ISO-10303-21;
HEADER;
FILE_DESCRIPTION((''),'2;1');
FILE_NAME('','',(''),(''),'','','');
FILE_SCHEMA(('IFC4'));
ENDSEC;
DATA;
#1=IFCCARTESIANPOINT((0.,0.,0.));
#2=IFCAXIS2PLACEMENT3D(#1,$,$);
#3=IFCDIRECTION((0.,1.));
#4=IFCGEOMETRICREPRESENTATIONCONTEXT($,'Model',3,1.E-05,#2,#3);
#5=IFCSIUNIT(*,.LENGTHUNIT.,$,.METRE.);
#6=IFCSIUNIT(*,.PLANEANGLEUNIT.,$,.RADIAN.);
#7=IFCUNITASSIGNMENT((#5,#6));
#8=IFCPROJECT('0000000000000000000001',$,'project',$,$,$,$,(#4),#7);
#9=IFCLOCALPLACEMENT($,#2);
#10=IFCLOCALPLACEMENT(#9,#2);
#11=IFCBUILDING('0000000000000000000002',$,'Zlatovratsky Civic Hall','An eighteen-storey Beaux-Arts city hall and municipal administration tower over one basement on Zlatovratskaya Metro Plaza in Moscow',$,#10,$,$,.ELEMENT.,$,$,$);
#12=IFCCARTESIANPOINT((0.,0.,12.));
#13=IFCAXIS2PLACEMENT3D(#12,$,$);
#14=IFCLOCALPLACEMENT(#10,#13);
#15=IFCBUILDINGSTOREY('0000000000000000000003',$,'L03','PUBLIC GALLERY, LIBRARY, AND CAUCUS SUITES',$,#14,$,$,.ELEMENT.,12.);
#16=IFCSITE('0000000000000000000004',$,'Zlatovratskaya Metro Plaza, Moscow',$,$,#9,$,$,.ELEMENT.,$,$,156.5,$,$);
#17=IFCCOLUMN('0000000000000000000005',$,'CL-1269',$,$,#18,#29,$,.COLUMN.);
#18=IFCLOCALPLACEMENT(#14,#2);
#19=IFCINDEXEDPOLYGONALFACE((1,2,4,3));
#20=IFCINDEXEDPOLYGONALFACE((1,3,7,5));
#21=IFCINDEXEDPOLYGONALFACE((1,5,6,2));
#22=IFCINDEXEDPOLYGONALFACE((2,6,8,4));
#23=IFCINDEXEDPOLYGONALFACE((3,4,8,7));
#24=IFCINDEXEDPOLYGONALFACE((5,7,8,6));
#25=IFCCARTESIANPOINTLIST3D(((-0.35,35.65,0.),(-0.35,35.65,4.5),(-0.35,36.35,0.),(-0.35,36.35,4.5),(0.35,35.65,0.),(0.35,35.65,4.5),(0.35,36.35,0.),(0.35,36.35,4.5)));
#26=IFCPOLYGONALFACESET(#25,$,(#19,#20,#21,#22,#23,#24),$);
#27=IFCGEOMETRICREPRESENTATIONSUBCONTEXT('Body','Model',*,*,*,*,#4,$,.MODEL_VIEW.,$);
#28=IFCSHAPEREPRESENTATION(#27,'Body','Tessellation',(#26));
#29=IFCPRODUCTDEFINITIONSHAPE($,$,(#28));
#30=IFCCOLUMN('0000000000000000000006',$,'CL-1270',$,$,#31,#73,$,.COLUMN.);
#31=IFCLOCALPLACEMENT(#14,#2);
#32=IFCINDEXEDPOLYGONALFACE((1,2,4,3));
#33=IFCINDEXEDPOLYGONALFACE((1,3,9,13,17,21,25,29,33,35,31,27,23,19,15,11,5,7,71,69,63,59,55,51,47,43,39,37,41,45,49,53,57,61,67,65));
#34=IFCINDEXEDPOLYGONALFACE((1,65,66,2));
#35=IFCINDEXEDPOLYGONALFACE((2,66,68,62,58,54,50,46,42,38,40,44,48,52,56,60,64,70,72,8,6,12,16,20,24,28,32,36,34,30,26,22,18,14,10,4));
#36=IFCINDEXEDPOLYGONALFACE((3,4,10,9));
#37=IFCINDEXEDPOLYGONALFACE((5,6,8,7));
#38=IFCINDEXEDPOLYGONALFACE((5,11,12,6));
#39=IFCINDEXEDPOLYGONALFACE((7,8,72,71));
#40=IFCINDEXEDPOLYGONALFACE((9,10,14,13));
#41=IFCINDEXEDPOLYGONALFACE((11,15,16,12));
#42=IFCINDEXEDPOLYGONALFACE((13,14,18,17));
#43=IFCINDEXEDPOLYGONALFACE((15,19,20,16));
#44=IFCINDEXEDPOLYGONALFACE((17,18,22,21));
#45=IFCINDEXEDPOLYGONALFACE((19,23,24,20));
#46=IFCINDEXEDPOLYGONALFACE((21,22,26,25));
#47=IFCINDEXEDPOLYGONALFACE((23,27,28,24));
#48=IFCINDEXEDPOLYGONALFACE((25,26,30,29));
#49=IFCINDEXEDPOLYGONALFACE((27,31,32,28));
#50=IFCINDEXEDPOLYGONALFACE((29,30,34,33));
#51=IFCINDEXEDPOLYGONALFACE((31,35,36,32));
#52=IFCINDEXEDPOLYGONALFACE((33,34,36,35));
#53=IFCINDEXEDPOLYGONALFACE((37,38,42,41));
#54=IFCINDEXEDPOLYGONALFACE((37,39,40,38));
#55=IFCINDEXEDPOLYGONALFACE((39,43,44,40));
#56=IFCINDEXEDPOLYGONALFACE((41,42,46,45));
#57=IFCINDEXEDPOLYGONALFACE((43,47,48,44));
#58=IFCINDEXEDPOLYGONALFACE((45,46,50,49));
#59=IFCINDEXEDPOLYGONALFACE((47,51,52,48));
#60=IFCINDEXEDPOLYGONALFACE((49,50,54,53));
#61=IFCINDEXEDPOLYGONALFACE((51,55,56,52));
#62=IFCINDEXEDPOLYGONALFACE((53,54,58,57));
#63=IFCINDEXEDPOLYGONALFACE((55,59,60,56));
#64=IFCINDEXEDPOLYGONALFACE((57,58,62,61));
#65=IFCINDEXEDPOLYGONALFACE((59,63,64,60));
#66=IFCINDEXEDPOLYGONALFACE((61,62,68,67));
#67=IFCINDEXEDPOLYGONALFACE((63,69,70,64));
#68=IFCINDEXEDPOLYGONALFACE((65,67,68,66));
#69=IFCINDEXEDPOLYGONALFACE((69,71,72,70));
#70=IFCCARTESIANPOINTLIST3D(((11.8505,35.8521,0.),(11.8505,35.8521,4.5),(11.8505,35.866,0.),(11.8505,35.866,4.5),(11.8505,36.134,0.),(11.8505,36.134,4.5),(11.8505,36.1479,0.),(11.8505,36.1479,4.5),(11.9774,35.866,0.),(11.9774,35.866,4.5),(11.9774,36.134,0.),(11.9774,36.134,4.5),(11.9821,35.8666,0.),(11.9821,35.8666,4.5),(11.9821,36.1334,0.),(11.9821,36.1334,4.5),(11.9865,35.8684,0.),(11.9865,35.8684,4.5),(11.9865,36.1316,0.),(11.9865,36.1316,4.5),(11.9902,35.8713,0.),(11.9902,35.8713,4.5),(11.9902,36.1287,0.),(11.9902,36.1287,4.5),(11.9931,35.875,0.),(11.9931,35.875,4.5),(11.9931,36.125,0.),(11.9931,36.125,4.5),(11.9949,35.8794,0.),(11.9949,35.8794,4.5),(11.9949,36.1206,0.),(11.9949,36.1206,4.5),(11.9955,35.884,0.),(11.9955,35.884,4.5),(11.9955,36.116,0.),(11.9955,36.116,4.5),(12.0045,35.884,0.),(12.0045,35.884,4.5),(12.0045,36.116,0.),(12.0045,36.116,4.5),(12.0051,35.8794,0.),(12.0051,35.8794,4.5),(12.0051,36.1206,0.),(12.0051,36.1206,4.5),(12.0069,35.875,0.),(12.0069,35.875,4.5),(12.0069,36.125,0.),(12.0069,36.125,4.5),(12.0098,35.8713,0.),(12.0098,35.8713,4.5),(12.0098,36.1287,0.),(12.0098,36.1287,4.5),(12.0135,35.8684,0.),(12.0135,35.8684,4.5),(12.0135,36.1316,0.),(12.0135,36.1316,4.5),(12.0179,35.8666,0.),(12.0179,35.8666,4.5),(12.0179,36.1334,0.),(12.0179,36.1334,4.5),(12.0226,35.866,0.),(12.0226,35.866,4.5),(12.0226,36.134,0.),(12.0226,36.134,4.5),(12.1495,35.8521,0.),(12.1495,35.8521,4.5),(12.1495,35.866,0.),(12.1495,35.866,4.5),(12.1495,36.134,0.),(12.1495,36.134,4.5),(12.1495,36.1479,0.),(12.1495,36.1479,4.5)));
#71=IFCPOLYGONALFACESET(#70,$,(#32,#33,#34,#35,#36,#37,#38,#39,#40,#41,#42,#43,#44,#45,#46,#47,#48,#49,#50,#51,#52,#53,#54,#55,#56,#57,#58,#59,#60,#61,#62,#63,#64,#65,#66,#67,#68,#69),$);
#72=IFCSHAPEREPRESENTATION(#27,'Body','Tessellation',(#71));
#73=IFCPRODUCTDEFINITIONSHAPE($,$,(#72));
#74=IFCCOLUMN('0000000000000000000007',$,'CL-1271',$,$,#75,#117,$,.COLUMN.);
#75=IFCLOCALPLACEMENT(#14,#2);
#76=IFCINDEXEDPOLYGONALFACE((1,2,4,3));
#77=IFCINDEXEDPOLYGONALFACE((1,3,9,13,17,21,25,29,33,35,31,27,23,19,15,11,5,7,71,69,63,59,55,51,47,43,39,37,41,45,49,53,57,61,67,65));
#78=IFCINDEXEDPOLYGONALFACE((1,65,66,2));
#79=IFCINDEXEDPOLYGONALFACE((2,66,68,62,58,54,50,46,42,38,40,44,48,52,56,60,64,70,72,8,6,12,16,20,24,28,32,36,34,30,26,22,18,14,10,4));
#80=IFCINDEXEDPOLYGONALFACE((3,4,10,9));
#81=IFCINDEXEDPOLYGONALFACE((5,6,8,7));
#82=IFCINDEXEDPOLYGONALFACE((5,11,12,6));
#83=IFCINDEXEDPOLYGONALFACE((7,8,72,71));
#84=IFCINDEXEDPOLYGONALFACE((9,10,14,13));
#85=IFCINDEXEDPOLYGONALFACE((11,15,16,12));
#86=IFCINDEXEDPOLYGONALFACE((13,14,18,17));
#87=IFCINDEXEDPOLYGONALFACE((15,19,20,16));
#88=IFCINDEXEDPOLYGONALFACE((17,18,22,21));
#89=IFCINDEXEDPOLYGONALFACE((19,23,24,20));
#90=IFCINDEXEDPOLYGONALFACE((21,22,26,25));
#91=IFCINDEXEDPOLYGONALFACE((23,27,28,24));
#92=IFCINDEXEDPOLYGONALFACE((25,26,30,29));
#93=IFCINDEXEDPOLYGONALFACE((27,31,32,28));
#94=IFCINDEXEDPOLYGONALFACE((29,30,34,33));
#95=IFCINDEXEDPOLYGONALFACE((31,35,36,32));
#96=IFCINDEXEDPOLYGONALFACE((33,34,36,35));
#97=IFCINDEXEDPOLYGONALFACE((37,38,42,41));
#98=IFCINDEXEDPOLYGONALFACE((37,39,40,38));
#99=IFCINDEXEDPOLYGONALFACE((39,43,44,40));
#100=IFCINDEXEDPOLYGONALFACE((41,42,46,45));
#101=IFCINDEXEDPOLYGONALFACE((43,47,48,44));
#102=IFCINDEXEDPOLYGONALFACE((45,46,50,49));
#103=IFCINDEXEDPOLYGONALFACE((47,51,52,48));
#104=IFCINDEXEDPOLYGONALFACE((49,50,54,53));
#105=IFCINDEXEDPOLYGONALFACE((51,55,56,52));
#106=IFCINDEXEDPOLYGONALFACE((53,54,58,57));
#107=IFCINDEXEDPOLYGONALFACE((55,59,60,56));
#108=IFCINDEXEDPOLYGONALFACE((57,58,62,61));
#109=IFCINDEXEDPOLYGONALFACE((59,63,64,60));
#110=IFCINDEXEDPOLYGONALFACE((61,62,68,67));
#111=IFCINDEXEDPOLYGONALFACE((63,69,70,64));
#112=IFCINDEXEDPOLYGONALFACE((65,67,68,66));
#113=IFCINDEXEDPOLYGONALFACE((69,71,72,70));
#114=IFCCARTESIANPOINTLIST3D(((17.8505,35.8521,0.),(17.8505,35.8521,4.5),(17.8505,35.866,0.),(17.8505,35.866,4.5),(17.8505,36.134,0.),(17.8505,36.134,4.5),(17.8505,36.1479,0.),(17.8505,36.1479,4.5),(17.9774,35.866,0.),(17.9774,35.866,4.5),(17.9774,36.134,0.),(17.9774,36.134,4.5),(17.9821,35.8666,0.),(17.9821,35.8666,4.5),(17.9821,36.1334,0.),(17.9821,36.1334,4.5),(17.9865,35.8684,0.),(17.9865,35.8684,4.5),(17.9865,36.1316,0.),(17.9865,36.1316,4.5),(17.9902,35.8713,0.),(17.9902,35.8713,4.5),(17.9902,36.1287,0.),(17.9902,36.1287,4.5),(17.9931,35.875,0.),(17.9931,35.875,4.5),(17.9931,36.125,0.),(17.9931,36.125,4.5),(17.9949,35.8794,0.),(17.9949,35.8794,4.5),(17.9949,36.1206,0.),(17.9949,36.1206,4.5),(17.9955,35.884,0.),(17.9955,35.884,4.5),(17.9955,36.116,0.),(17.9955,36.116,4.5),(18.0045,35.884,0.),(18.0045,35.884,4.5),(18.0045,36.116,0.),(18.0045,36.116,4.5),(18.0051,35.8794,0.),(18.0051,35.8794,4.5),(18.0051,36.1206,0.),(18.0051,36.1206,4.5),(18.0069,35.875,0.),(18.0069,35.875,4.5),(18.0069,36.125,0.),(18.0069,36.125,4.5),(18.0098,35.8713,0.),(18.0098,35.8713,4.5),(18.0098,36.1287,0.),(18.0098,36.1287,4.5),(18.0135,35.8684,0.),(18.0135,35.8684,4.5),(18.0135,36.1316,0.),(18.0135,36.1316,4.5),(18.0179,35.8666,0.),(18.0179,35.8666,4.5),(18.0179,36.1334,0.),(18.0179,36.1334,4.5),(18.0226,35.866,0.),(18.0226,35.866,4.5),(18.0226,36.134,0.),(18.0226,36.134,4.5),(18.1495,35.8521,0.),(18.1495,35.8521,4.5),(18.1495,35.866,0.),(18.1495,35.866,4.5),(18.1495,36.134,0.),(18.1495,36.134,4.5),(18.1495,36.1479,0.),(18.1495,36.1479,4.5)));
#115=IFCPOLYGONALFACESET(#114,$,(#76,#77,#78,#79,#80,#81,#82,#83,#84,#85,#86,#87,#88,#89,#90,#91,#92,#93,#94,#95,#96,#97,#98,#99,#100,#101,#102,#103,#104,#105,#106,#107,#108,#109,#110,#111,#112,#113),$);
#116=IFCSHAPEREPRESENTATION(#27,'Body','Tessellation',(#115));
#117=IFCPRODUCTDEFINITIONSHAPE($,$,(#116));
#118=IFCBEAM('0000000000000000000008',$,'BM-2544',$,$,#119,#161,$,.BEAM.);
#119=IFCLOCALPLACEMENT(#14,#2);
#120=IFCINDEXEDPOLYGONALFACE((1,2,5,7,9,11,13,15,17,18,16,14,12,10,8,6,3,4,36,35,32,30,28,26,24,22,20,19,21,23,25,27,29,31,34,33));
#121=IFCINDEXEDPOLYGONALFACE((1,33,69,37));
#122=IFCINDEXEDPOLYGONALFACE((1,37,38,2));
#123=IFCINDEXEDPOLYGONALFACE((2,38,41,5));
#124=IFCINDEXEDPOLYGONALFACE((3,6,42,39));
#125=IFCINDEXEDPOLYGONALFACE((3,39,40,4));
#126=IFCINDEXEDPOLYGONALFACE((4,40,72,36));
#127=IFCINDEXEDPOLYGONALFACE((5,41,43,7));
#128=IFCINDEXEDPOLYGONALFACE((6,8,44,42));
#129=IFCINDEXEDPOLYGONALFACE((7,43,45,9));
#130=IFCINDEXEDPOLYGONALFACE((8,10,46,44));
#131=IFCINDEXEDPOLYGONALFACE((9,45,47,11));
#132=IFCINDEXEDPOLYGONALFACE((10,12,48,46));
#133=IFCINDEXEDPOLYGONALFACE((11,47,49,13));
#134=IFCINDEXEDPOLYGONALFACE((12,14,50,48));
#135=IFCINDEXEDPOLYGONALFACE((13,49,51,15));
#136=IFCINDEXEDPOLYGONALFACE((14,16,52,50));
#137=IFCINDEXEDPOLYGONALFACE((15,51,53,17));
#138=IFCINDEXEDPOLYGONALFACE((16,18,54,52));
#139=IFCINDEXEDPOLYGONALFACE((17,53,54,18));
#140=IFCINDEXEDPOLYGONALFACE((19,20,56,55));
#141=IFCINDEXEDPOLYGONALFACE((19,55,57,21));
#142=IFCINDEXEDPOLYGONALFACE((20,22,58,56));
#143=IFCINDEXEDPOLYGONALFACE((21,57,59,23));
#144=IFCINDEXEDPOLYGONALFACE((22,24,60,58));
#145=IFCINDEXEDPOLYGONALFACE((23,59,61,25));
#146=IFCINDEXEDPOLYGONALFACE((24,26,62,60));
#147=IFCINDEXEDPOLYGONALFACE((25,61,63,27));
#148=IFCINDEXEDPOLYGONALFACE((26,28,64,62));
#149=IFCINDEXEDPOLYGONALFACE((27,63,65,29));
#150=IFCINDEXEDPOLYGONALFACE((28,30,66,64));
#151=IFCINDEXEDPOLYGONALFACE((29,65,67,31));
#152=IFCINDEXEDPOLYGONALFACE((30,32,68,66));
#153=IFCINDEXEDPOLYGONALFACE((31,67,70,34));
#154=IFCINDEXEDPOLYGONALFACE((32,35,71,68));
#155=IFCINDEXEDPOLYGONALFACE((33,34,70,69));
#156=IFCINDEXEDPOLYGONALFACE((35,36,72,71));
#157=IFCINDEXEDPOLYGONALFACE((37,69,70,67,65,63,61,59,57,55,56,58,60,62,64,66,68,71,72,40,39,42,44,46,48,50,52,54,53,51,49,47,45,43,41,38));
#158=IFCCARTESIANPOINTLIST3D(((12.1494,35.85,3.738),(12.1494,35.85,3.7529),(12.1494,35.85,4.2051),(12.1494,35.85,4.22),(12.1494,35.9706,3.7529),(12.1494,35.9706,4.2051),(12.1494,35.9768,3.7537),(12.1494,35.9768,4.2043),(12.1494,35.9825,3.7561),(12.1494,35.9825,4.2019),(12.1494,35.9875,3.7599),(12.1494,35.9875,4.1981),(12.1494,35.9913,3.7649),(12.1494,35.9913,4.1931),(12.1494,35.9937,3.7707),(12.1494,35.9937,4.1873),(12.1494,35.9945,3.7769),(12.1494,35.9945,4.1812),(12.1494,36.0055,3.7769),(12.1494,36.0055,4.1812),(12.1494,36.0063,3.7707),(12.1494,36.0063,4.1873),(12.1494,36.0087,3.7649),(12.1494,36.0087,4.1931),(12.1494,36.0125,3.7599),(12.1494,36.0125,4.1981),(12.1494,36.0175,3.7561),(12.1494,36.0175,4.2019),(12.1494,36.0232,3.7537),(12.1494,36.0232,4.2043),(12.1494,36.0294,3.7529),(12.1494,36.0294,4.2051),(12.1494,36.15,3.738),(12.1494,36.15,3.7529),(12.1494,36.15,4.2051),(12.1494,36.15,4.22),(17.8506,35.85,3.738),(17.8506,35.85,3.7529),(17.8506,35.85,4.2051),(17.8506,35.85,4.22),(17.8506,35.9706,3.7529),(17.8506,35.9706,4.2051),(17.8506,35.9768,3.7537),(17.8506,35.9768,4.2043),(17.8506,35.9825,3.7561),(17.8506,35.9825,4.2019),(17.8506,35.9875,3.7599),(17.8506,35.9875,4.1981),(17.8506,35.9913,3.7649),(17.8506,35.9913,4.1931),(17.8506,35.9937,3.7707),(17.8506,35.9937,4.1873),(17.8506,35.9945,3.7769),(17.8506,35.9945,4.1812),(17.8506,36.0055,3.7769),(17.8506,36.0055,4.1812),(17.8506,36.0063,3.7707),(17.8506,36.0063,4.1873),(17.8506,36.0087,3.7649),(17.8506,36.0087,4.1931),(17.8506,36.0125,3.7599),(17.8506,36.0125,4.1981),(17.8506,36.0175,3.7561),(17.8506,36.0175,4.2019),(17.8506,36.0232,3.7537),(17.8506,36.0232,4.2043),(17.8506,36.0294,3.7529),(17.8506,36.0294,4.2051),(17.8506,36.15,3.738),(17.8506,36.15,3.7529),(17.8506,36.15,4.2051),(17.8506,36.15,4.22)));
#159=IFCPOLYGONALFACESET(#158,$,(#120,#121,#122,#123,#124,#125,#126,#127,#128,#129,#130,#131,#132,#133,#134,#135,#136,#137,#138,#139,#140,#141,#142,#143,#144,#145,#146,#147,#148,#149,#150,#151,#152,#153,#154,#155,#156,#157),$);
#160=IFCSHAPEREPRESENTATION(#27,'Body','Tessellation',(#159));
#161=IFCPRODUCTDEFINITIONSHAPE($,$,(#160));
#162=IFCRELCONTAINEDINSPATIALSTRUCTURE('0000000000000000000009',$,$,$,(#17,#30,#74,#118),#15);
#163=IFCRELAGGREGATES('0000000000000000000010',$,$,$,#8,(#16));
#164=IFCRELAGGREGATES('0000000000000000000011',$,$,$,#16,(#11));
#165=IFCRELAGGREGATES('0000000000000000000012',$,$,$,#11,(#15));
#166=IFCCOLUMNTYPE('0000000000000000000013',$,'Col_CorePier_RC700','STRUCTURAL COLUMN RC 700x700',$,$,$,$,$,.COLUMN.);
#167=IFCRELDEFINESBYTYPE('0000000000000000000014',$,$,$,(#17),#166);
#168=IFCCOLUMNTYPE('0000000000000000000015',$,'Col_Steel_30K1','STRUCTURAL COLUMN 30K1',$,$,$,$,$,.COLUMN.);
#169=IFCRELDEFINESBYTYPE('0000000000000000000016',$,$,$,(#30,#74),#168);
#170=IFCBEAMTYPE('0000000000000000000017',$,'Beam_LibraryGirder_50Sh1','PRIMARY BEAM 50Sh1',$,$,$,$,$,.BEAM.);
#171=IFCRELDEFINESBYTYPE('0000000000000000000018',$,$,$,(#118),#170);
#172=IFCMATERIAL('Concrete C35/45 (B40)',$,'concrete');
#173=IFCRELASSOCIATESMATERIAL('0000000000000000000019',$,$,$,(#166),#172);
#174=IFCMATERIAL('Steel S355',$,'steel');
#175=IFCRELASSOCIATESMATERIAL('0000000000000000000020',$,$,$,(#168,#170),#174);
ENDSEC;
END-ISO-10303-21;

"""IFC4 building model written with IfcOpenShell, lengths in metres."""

from ifc_helpers import new_model, si_unit, direction, frame, origin, origin_2d, place, context, subcontext, project, spatial, rectangle, i_section, extrude, material, material_profile, profile_set, type_object, element, save


model = new_model("IFC4")

# Units and contexts
model_context = context("Model", 3, precision=1e-05, world=origin(), true_north=direction((0.0, 1.0)))
body_context = subcontext(model_context, "Body", "Model", "MODEL_VIEW")
ifc_project = project(units=[si_unit("LENGTHUNIT", "METRE"), si_unit("PLANEANGLEUNIT", "RADIAN")], contexts=[model_context])

# Site, building, storey
site_placement = place(None, origin())
site = spatial("IfcSite", under=ifc_project, at=site_placement, Name="Zlatovratskaya Metro Plaza, Moscow", CompositionType="ELEMENT", RefElevation=156.5)
building_placement = place(site_placement, origin())
building = spatial("IfcBuilding", under=site, at=building_placement, Name="Zlatovratsky Civic Hall", Description="An eighteen-storey Beaux-Arts city hall and municipal administration tower over one basement on Zlatovratskaya Metro Plaza in Moscow", CompositionType="ELEMENT")
storey_placement = place(building_placement, frame((0.0, 0.0, 12.0)))
storey = spatial("IfcBuildingStorey", under=building, at=storey_placement, Name="L03", Description="PUBLIC GALLERY, LIBRARY, AND CAUCUS SUITES", CompositionType="ELEMENT", Elevation=12.0)

# Columns
ifc_material_1 = material(Name="Concrete C35/45 (B40)", Category="concrete")
ifc_material_profile_1 = material_profile(ifc_material_1, rectangle(XDim=0.7, YDim=0.7, at=origin_2d()), Name="RC 700x700")
ifc_profile_set_1 = profile_set([ifc_material_profile_1], Name="Concrete C35/45 (B40)")
column_type_1 = type_object("IfcColumnType", Name="Col_CorePier_RC700", Description="STRUCTURAL COLUMN RC 700x700", PredefinedType="COLUMN", material=ifc_profile_set_1)
column_placement = place(storey_placement, frame((0.0, 36.0, 0.0), z_axis=(0.0, 0.0, 1.0), x_axis=(1.0, 0.0, 0.0)))
element("IfcColumn", 1, at=column_placement, inside=storey, type_object=column_type_1, Name="CL-1269", PredefinedType="COLUMN", context=body_context, shape_type="SweptSolid", body=[
    extrude(rectangle(XDim=0.7, YDim=0.7, at=origin_2d()), origin(), (0.0, 0.0, 1.0), 4.5),
])
ifc_material_2 = material(Name="Steel S355", Category="steel")
ifc_material_profile_2 = material_profile(ifc_material_2, i_section(OverallWidth=0.2991, OverallDepth=0.2959, WebThickness=0.009, FlangeThickness=0.0139, FilletRadius=0.0181, at=origin_2d()), Name="30K1")
ifc_profile_set_2 = profile_set([ifc_material_profile_2], Name="Steel S355")
column_type_2 = type_object("IfcColumnType", Name="Col_Steel_30K1", Description="STRUCTURAL COLUMN 30K1", PredefinedType="COLUMN", material=ifc_profile_set_2)
for number, where, z_axis, x_axis, name in (
    (2, (12.0, 36.0, 0.0), (0.0, 0.0, 1.0), (1.0, 0.0, 0.0), "CL-1270"),
    (3, (18.0, 36.0, 0.0), (0.0, 0.0, 1.0), (1.0, 0.0, 0.0), "CL-1271"),
):
    element("IfcColumn", number, at=place(storey_placement, frame(where, z_axis=z_axis, x_axis=x_axis)), inside=storey, type_object=column_type_2, Name=name, PredefinedType="COLUMN", context=body_context, shape_type="SweptSolid", body=[
        extrude(i_section(OverallWidth=0.2991, OverallDepth=0.2959, WebThickness=0.009, FlangeThickness=0.0139, FilletRadius=0.0181, at=origin_2d()), origin(), (0.0, 0.0, 1.0), 4.5),
    ])

# Beam
ifc_material_profile_3 = material_profile(ifc_material_2, i_section(OverallWidth=0.3, OverallDepth=0.4819, WebThickness=0.011, FlangeThickness=0.0149, FilletRadius=0.0239, at=origin_2d()), Name="50Sh1")
ifc_profile_set_3 = profile_set([ifc_material_profile_3], Name="Steel S355")
beam_type_1 = type_object("IfcBeamType", Name="Beam_LibraryGirder_50Sh1", Description="PRIMARY BEAM 50Sh1", PredefinedType="BEAM", material=ifc_profile_set_3)
beam_1_placement = place(storey_placement, frame((12.1494, 36.0, 3.979), z_axis=(1.0, 0.0, 0.0), x_axis=(0.0, 1.0, 0.0)))
element("IfcBeam", 4, at=beam_1_placement, inside=storey, type_object=beam_type_1, Name="BM-2544", PredefinedType="BEAM", context=body_context, shape_type="SweptSolid", body=[
    extrude(i_section(OverallWidth=0.3, OverallDepth=0.4819, WebThickness=0.011, FlangeThickness=0.0149, FilletRadius=0.0239, at=origin_2d()), origin(), (0.0, 0.0, 1.0), 5.7012),
])

save(model, "model.ifc")
